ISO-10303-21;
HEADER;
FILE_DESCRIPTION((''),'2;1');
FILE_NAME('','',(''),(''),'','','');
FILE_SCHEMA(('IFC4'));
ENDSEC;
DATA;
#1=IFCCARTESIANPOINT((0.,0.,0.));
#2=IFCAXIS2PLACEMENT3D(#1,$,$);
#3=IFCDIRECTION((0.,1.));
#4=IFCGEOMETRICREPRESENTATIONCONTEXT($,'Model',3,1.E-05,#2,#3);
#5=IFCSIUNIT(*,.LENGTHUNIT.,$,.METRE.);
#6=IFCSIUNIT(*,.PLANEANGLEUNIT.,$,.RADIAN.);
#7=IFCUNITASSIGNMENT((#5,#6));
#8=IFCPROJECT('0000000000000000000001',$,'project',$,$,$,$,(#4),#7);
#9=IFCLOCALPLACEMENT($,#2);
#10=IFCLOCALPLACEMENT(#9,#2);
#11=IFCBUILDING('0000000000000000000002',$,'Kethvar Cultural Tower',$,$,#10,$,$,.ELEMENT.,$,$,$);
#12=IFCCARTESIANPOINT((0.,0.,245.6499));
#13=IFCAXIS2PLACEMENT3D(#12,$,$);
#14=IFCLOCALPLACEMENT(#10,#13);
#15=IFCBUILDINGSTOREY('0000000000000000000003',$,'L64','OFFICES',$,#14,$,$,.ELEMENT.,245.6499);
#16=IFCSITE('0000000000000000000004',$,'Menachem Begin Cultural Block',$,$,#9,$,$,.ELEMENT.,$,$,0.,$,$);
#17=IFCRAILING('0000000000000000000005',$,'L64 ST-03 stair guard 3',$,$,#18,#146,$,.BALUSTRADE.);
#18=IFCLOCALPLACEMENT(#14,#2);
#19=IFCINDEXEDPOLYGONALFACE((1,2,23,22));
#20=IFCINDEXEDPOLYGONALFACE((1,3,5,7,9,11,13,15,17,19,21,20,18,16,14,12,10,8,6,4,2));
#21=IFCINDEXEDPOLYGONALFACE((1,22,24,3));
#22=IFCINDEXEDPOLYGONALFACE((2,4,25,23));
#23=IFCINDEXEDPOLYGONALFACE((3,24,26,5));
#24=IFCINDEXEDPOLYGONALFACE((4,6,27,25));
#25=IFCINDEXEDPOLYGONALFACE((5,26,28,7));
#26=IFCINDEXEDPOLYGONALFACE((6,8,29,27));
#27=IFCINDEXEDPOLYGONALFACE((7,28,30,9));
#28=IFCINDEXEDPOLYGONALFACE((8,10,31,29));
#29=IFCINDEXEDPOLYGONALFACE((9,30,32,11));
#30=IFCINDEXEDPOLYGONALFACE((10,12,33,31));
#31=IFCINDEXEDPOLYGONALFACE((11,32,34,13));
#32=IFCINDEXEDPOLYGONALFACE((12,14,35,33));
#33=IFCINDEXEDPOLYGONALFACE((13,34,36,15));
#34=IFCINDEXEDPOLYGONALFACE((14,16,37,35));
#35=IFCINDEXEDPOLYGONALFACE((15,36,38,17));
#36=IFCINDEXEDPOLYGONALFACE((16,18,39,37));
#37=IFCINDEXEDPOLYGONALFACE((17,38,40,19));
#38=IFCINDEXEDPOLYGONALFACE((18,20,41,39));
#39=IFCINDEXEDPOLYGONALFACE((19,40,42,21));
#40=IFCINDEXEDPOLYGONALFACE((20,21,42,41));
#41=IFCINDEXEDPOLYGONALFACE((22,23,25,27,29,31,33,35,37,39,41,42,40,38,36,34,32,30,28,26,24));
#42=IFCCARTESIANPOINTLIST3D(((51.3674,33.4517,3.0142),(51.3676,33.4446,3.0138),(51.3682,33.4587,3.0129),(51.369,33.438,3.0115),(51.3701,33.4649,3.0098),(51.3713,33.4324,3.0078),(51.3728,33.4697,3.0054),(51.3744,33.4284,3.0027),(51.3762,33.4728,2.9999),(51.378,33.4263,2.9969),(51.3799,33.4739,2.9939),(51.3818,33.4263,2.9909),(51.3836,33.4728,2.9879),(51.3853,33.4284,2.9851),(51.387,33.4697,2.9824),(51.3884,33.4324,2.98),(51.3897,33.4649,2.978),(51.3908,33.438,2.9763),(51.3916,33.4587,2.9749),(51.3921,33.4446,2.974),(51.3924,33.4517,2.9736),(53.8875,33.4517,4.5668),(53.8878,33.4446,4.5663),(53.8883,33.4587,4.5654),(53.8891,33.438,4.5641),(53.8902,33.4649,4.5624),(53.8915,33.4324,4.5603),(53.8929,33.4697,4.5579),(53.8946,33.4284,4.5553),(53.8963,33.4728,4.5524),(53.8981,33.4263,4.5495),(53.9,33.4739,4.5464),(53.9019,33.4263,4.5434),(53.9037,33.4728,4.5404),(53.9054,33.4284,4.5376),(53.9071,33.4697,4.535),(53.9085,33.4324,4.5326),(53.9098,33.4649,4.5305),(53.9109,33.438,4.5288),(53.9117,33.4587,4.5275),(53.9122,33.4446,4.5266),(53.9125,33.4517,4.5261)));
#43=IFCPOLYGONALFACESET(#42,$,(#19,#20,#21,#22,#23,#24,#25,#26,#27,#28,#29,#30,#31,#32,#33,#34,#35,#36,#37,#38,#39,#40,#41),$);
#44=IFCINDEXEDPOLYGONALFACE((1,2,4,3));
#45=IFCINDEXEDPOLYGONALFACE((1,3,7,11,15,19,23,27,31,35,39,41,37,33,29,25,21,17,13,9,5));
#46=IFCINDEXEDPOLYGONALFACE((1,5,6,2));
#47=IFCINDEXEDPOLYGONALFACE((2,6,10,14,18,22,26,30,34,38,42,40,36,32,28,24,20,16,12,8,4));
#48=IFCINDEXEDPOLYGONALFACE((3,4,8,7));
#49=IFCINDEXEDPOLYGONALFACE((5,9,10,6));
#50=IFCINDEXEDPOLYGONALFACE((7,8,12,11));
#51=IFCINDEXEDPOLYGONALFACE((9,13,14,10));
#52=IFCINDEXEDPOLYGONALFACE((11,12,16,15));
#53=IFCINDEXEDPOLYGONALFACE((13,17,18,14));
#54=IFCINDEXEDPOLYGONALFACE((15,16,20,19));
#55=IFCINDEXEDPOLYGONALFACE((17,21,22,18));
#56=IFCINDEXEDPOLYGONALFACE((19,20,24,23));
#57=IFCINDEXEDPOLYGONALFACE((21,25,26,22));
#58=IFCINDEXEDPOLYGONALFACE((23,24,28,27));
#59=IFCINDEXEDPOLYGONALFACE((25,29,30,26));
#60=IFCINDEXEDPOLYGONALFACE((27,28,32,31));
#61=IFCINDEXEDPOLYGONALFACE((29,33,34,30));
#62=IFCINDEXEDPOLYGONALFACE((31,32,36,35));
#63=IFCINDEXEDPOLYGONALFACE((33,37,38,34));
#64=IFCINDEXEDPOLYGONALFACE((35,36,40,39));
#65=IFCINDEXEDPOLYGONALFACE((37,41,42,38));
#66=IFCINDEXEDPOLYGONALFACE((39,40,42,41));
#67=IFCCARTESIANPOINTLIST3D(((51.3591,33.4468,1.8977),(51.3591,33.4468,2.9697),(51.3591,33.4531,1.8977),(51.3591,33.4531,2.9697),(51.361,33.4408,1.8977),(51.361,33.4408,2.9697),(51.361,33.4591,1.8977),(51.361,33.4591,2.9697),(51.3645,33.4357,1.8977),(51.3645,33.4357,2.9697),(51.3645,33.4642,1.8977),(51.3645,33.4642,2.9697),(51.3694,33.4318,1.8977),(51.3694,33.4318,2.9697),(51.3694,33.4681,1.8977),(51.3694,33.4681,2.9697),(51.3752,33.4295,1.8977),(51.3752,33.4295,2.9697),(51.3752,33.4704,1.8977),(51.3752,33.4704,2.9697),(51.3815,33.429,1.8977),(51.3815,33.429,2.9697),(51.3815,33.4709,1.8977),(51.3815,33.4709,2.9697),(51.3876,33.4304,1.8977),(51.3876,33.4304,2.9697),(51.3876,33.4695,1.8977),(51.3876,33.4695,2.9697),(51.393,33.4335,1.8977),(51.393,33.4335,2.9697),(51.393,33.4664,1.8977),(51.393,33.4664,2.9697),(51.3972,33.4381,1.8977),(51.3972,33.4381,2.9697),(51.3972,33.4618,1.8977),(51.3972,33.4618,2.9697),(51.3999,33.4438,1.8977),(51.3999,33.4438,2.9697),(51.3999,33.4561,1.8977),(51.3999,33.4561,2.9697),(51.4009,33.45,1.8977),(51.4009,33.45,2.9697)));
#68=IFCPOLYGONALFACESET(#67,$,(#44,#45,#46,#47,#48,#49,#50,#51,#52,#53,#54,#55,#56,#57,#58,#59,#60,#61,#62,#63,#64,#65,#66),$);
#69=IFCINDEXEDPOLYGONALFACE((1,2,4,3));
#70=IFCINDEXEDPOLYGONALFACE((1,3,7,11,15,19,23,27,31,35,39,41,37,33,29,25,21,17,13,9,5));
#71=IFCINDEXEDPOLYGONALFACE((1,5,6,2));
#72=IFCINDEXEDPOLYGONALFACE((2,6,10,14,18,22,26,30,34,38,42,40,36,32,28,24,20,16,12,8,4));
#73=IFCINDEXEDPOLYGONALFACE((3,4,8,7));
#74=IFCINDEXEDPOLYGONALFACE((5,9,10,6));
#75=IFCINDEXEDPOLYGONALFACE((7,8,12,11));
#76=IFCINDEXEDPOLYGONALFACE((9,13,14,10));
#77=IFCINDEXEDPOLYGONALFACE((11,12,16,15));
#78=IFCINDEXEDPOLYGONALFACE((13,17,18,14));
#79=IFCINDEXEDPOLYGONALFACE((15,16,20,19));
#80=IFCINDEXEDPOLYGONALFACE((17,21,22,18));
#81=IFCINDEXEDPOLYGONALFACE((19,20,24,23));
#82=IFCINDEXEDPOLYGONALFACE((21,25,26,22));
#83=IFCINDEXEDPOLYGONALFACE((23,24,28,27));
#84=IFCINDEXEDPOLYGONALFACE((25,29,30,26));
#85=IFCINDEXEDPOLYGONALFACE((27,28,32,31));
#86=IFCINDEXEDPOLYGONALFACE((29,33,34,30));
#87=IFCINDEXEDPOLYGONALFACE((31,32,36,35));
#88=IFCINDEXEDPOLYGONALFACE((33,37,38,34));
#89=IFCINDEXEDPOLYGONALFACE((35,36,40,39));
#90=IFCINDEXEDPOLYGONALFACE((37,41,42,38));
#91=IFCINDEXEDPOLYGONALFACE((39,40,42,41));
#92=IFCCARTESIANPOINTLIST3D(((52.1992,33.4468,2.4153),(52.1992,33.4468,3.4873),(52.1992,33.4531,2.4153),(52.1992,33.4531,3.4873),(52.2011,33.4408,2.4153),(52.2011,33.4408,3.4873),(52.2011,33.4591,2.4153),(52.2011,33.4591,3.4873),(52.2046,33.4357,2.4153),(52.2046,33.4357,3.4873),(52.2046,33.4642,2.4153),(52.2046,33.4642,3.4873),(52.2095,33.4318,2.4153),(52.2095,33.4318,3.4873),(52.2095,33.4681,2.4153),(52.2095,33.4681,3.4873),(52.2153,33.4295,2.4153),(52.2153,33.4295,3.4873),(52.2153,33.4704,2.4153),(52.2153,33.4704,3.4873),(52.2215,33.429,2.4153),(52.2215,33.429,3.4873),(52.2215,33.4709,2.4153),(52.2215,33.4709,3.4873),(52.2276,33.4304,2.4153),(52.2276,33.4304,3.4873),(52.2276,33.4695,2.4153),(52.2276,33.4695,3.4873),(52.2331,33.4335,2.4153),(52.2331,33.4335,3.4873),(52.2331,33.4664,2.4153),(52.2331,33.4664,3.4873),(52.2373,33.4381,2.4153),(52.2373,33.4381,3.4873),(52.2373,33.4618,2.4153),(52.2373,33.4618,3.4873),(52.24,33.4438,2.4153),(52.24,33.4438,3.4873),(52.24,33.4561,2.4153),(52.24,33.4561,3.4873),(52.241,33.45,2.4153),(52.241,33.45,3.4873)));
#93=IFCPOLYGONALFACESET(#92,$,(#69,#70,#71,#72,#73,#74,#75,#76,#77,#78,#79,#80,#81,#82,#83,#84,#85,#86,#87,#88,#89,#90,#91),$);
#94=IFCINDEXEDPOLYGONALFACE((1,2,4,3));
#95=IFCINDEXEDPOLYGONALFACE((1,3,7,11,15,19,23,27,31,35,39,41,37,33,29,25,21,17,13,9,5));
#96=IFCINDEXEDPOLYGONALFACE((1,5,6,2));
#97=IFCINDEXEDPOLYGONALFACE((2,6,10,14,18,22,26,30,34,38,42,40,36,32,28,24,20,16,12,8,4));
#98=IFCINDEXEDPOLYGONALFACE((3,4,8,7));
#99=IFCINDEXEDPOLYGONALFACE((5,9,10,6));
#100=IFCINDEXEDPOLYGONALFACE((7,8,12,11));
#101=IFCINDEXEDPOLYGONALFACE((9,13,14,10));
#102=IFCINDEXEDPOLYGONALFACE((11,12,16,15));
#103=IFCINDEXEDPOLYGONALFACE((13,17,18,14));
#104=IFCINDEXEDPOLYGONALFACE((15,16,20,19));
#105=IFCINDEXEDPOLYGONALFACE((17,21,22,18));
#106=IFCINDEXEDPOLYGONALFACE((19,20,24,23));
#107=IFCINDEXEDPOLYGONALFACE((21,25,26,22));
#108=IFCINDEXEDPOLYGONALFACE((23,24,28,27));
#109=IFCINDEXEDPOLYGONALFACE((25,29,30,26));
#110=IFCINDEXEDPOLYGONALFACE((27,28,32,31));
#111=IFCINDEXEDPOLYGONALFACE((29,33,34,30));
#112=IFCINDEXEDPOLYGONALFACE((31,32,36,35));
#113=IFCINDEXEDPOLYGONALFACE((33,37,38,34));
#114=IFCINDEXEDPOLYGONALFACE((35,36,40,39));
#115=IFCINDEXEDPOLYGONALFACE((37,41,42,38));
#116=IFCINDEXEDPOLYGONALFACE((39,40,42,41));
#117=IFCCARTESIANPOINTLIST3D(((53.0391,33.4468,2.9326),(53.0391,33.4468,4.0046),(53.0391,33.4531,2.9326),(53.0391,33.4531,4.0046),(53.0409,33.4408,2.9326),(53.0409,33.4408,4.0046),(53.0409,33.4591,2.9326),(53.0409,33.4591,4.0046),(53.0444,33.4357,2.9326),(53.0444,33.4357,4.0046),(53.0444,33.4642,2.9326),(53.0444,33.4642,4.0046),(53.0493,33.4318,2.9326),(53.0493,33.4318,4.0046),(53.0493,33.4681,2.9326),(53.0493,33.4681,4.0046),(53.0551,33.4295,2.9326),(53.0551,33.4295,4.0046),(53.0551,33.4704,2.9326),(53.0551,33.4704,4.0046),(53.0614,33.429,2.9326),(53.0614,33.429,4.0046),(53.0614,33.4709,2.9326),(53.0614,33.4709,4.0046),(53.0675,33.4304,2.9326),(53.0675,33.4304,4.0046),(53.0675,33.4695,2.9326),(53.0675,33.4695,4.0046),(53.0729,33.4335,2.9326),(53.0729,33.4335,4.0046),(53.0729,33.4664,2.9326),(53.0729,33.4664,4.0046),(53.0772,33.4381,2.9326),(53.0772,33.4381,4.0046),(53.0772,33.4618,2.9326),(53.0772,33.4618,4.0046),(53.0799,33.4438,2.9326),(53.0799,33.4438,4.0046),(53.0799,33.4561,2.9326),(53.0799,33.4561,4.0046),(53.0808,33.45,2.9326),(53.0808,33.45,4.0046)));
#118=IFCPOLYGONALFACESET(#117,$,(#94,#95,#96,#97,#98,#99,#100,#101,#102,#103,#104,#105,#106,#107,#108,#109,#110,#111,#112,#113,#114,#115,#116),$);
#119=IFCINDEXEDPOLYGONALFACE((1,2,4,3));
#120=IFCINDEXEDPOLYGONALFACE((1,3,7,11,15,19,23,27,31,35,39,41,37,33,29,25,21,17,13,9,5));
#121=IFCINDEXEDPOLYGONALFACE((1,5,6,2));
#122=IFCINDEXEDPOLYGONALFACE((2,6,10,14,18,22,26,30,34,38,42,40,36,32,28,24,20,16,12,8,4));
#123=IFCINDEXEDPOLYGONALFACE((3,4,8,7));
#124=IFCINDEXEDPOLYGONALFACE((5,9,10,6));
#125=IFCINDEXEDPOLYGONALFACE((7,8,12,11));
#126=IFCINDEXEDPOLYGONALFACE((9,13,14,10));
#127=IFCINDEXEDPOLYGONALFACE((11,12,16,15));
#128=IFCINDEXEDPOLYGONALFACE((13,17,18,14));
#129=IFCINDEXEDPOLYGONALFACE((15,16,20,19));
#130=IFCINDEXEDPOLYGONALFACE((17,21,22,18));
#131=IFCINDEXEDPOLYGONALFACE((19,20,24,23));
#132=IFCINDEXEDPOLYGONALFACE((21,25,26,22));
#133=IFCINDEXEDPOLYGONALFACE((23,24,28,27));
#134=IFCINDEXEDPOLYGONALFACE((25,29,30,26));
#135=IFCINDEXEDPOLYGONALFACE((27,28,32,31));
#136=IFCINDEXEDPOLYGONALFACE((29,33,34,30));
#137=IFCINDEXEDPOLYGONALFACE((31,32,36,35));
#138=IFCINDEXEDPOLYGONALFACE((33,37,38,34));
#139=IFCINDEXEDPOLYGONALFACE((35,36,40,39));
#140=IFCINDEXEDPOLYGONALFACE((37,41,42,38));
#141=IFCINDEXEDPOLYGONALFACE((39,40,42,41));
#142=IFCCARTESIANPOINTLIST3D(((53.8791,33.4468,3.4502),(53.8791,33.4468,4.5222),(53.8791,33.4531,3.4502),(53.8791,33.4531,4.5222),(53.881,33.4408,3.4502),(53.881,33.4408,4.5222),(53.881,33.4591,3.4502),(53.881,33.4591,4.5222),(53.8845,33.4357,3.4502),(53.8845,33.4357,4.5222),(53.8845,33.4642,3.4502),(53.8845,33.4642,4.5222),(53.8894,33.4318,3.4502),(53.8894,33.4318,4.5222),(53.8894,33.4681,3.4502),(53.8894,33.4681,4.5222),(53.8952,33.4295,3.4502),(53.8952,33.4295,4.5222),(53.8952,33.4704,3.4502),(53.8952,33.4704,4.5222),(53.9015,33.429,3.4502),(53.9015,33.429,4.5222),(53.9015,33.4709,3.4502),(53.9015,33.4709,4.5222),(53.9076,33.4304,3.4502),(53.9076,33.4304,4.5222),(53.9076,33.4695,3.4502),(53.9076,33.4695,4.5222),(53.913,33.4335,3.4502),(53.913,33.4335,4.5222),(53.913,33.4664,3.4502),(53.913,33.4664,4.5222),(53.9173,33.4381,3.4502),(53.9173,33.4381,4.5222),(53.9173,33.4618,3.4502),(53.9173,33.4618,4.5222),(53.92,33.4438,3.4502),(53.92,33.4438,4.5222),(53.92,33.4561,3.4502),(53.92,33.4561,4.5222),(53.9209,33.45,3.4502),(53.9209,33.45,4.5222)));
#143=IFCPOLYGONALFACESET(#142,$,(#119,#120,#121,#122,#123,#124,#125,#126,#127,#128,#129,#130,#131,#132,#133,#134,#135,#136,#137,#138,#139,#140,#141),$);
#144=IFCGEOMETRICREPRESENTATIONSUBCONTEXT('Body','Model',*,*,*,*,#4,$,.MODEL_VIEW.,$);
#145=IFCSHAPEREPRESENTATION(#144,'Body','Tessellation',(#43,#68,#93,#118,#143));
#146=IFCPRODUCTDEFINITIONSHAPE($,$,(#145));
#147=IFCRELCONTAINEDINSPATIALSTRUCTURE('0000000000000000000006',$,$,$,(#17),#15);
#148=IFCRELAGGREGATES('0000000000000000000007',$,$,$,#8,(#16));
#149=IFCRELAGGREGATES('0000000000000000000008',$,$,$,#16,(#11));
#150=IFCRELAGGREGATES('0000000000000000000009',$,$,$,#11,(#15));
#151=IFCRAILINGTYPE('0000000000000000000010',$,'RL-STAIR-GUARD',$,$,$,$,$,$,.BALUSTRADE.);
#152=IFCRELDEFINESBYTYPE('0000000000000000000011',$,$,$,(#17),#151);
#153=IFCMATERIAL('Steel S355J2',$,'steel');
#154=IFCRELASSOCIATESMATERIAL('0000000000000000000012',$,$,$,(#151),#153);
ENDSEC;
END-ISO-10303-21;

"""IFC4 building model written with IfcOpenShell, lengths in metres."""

from ifc_helpers import new_model, si_unit, direction, frame, origin, origin_2d, place, context, subcontext, project, spatial, circle, extrude, material, type_object, element, save


model = new_model("IFC4")

# Units and contexts
model_context = context("Model", 3, precision=1e-05, world=origin(), true_north=direction((0.0, 1.0)))
body_context = subcontext(model_context, "Body", "Model", "MODEL_VIEW")
ifc_project = project(units=[si_unit("LENGTHUNIT", "METRE"), si_unit("PLANEANGLEUNIT", "RADIAN")], contexts=[model_context])

# Site, building, storey
site_placement = place(None, origin())
site = spatial("IfcSite", under=ifc_project, at=site_placement, Name="Menachem Begin Cultural Block", CompositionType="ELEMENT", RefElevation=0.0)
building_placement = place(site_placement, origin())
building = spatial("IfcBuilding", under=site, at=building_placement, Name="Kethvar Cultural Tower", CompositionType="ELEMENT")
storey_placement = place(building_placement, frame((0.0, 0.0, 245.6499)))
storey = spatial("IfcBuildingStorey", under=building, at=storey_placement, Name="L64", Description="OFFICES", CompositionType="ELEMENT", Elevation=245.6499)

# Shared definitions
ifc_material_1 = material(Name="Steel S355J2", Category="steel")

# Railing
railing_type_1 = type_object("IfcRailingType", Name="RL-STAIR-GUARD", PredefinedType="BALUSTRADE", material=ifc_material_1)
railing_1_placement = place(storey_placement, frame((51.3799, 33.45, 1.8977)))
element("IfcRailing", 1, at=railing_1_placement, inside=storey, type_object=railing_type_1, Name="L64 ST-03 stair guard 3", PredefinedType="BALUSTRADE", context=body_context, shape_type="SweptSolid", body=[
    extrude(circle(Radius=0.0239, at=origin_2d()), frame((0.0, 0.0, 1.0962), z_axis=(0.8514, 0.0, 0.524516), x_axis=(0.0, 1.0, 0.0)), (0.0, 0.0, 1.0), 2.96),
    extrude(circle(Radius=0.021, at=origin_2d()), origin(), (0.0, 0.0, 1.0), 1.072),
    extrude(circle(Radius=0.021, at=origin_2d()), frame((0.8401, 0.0, 0.5176)), (0.0, 0.0, 1.0), 1.072),
    extrude(circle(Radius=0.021, at=origin_2d()), frame((1.6799, 0.0, 1.0349)), (0.0, 0.0, 1.0), 1.072),
    extrude(circle(Radius=0.021, at=origin_2d()), frame((2.52, 0.0, 1.5525)), (0.0, 0.0, 1.0), 1.072),
])

save(model, "model.ifc")
